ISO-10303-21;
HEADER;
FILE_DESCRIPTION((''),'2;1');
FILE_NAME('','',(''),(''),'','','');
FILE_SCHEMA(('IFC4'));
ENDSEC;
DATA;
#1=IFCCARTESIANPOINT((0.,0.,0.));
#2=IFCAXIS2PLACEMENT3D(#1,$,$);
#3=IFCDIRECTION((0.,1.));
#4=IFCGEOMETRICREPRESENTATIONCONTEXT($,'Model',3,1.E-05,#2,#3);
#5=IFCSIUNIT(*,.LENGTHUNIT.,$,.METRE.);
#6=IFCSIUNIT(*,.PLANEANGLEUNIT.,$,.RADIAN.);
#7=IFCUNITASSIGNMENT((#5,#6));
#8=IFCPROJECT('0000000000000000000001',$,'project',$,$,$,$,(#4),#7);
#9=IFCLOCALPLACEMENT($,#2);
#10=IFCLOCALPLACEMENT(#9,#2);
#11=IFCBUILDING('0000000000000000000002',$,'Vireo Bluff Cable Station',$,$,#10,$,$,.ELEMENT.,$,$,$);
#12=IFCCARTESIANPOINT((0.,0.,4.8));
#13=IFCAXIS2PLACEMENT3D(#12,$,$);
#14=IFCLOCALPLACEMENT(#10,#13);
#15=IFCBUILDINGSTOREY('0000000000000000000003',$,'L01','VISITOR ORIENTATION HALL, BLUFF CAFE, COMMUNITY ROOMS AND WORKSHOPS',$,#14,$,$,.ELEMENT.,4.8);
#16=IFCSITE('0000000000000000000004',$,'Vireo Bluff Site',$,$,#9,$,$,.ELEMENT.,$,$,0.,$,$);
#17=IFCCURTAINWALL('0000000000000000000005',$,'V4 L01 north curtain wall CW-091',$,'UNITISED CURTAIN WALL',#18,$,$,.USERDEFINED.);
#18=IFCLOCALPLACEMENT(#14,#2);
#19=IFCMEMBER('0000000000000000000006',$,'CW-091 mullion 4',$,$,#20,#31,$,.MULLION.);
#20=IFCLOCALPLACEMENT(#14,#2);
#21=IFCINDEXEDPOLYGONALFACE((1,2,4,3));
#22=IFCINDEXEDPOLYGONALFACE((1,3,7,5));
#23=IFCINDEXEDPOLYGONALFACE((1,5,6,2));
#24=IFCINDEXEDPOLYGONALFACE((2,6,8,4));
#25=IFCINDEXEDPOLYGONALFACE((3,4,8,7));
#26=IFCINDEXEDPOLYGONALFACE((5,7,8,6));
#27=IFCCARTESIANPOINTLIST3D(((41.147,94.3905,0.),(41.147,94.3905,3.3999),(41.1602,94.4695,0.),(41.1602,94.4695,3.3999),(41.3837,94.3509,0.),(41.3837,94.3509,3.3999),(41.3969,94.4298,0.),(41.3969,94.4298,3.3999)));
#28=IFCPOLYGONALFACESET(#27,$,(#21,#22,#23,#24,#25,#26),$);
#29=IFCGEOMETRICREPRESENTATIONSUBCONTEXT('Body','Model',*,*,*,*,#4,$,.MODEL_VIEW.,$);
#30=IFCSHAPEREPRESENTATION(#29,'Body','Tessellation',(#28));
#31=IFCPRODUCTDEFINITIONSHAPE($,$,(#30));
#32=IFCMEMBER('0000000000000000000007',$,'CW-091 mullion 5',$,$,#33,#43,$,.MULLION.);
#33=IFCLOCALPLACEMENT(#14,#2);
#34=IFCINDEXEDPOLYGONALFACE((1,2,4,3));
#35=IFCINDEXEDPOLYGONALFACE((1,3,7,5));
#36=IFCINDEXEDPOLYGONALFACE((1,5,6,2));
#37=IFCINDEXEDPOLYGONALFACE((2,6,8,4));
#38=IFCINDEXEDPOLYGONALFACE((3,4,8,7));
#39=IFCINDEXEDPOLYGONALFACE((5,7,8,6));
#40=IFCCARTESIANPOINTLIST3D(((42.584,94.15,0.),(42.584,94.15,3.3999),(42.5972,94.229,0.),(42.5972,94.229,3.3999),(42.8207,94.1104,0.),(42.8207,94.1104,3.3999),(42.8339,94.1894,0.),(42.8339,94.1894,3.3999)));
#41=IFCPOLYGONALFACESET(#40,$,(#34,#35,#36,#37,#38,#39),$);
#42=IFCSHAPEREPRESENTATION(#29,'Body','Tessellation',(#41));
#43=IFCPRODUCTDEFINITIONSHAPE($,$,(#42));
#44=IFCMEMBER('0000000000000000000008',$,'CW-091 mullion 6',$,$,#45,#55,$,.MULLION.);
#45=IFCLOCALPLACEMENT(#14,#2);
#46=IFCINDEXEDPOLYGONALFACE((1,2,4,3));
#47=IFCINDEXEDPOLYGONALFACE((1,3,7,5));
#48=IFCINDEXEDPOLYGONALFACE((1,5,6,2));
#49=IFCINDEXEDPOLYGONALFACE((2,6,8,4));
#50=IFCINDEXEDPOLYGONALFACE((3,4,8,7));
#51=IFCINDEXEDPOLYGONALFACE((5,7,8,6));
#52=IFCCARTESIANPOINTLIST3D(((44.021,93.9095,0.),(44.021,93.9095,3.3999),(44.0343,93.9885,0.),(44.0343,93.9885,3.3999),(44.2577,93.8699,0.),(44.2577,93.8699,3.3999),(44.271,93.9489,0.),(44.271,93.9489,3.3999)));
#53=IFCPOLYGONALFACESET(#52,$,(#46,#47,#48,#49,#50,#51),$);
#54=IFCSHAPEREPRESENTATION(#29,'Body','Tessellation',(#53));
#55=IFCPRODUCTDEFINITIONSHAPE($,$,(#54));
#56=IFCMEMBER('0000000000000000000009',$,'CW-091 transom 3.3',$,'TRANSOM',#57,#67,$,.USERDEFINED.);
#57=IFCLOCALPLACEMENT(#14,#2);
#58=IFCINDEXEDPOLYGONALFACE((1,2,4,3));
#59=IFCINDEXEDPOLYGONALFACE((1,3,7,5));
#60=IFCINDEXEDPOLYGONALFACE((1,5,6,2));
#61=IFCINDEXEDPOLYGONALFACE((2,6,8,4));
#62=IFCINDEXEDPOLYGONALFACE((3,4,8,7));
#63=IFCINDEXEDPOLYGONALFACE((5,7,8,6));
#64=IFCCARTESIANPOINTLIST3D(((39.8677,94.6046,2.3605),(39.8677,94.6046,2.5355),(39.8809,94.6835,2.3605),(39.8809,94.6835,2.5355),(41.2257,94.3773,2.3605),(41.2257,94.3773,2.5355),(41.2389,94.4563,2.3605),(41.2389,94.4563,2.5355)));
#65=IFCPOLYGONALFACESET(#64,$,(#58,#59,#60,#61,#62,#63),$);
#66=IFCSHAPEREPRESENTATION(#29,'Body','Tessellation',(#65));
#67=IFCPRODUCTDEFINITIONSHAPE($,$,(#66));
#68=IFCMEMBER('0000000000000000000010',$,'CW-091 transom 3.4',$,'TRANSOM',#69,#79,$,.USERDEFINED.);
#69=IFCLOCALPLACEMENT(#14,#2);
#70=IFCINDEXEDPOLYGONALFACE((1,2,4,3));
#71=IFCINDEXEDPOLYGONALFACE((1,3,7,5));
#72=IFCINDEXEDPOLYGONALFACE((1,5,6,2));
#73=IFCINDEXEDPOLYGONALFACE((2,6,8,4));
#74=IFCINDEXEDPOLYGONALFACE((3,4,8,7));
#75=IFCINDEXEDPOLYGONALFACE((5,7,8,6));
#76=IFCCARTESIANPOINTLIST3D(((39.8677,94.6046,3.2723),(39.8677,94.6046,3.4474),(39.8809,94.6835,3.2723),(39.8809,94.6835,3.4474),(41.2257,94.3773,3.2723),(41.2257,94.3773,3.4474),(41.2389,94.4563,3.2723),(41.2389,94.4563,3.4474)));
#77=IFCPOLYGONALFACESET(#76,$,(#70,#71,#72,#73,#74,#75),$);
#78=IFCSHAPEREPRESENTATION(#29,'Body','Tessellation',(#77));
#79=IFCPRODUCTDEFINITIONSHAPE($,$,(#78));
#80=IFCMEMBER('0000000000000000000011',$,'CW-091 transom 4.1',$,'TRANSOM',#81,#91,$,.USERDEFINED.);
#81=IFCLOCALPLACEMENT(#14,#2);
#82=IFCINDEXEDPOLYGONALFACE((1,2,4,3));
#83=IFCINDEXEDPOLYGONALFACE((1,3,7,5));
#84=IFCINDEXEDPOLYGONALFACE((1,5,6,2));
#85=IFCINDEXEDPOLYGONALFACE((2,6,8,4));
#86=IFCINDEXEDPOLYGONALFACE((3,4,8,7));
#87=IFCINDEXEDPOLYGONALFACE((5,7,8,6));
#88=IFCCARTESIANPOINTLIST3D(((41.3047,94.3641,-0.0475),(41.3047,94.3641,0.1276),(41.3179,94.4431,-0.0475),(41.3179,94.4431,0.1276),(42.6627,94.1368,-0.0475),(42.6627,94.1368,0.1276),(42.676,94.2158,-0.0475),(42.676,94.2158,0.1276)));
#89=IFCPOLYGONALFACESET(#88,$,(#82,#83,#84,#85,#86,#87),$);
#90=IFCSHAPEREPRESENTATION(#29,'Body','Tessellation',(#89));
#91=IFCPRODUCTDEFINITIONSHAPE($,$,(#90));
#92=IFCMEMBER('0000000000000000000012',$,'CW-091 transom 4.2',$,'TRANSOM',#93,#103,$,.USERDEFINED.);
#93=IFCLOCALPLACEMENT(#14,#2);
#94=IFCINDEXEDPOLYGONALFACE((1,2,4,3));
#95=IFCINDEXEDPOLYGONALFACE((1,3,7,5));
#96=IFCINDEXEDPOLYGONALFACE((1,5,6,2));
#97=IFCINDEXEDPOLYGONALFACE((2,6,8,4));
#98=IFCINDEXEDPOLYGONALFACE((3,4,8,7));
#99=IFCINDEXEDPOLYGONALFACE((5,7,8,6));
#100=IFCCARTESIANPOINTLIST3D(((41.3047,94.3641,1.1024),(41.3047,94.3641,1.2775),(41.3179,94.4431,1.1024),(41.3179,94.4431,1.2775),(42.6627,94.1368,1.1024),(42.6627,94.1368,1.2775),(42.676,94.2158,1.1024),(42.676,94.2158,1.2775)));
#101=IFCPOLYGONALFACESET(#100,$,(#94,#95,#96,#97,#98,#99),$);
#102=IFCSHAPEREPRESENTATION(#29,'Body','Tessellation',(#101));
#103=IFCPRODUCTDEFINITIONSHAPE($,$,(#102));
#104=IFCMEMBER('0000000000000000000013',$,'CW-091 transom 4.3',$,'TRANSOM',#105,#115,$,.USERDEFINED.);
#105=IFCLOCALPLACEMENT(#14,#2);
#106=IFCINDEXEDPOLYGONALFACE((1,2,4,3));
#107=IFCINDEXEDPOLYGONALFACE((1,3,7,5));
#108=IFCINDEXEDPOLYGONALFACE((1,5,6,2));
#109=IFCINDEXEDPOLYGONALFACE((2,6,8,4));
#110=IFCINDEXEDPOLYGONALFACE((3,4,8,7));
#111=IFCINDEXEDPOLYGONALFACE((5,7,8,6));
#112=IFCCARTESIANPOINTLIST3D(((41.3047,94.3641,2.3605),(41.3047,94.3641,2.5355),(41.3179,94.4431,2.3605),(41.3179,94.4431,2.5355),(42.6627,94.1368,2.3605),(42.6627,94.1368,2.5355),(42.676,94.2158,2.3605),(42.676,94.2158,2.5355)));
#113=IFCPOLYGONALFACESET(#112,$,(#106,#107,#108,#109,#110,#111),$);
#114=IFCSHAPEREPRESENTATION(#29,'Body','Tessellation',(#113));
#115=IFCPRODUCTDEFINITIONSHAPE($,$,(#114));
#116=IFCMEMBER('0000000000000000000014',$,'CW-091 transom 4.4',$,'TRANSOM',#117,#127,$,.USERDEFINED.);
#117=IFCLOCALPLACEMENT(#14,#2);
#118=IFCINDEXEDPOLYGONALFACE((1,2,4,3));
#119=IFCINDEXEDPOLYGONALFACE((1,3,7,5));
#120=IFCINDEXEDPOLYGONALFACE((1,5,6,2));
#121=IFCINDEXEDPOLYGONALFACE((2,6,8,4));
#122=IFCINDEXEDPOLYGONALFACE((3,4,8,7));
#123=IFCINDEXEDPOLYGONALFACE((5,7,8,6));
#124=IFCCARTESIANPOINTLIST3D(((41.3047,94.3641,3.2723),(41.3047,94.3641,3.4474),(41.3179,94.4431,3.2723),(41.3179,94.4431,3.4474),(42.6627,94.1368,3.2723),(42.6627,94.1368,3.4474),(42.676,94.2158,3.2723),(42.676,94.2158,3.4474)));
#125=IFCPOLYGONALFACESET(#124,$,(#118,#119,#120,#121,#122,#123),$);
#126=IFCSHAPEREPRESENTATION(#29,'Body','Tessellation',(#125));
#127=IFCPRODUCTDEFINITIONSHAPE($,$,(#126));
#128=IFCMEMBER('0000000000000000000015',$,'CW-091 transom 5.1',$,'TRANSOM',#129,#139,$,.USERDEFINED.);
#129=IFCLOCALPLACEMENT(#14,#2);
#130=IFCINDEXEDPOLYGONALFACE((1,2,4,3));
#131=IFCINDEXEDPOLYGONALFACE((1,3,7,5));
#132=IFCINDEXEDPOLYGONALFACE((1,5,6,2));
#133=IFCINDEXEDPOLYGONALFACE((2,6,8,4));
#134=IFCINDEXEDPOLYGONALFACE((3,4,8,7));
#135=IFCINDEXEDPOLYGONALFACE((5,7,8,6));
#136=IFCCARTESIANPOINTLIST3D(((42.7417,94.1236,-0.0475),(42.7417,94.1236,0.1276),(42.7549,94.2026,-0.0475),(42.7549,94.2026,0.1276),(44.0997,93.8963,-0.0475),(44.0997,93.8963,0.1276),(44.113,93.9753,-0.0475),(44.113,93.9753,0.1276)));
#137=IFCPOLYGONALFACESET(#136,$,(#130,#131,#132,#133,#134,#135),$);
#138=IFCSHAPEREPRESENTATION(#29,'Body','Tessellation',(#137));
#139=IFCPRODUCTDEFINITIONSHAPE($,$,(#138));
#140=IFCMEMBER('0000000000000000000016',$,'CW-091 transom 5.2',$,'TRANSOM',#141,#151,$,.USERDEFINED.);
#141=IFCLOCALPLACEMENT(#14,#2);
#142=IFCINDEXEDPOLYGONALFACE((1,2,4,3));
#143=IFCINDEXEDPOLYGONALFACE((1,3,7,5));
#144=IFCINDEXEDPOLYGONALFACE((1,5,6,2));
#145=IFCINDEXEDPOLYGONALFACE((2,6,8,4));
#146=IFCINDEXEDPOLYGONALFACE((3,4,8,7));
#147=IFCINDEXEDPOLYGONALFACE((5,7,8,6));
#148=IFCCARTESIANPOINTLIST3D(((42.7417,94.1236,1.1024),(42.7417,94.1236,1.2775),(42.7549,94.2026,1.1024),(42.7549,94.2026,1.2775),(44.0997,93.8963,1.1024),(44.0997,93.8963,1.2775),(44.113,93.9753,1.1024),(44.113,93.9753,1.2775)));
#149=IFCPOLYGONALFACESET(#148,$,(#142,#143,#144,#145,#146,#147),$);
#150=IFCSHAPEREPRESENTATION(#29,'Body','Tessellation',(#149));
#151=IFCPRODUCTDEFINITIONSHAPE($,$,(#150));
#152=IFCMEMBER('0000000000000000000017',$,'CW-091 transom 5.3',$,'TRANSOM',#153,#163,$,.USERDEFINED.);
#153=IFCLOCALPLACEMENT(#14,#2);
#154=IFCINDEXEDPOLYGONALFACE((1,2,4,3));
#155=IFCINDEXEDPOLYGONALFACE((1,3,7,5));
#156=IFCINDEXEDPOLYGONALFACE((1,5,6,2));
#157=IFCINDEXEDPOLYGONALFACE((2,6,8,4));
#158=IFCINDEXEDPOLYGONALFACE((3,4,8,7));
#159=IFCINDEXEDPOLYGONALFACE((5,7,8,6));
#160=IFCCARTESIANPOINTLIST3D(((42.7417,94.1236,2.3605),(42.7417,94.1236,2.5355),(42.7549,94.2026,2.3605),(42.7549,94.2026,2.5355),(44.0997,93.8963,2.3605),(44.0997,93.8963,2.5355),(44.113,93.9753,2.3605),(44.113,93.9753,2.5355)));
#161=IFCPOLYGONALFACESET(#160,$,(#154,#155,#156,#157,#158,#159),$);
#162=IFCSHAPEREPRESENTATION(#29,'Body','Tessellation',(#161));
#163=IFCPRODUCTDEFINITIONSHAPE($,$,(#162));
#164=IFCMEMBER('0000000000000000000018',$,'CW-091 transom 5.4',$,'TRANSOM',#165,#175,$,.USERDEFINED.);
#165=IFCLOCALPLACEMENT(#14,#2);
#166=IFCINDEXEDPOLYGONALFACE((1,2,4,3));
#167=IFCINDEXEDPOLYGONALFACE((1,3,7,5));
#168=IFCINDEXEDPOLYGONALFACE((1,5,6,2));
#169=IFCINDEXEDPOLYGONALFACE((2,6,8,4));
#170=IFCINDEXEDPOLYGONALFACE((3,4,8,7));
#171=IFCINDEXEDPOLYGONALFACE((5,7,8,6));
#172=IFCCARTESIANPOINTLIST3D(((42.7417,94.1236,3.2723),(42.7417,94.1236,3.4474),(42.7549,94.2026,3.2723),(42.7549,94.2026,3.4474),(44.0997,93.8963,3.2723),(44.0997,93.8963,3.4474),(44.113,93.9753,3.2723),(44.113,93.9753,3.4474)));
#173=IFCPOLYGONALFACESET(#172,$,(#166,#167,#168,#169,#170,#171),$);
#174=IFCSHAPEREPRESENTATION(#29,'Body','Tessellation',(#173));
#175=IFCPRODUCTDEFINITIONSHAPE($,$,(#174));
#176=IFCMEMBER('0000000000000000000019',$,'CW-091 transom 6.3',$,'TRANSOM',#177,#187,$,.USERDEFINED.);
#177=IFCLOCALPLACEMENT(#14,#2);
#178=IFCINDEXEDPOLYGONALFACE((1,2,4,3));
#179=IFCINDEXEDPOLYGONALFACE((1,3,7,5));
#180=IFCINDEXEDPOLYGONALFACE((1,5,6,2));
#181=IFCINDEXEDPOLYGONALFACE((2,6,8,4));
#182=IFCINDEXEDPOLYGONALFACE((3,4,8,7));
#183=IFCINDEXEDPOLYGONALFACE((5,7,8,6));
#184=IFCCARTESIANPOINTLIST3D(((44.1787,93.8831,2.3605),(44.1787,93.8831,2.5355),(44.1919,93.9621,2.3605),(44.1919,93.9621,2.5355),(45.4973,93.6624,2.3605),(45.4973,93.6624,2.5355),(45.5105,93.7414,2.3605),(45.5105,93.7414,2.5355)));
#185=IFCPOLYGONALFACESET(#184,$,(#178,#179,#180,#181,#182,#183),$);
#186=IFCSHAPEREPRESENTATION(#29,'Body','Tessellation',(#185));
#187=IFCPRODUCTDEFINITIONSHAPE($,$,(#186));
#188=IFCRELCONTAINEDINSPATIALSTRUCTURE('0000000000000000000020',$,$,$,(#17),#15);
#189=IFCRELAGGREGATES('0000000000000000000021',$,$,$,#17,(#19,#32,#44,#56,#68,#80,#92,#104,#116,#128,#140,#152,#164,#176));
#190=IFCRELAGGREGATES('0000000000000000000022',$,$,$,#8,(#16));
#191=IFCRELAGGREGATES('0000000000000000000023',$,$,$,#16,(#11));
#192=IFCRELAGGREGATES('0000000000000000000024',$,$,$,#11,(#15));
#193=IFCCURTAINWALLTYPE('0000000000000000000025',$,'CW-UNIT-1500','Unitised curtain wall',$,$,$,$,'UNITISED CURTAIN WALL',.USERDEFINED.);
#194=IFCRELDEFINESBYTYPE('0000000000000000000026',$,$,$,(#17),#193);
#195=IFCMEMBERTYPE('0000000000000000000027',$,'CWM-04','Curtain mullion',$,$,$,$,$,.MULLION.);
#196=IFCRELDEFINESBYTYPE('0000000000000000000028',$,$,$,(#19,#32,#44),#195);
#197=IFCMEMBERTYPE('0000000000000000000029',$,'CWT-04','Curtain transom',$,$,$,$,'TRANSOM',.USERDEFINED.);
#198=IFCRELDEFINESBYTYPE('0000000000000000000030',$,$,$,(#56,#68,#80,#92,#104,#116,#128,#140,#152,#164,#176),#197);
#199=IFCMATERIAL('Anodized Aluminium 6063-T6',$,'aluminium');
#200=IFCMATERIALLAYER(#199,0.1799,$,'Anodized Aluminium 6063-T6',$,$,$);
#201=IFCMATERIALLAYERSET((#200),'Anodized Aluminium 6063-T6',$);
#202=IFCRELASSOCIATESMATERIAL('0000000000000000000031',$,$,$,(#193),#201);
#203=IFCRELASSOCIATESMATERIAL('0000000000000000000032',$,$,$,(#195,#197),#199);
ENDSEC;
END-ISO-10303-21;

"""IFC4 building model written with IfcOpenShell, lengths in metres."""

from ifc_helpers import new_model, si_unit, direction, frame, origin, origin_2d, place, context, subcontext, project, spatial, rectangle, extrude, material, layer, layer_set, material_profile, profile_set, type_object, element, aggregate, save


model = new_model("IFC4")

# Units and contexts
model_context = context("Model", 3, precision=1e-05, world=origin(), true_north=direction((0.0, 1.0)))
body_context = subcontext(model_context, "Body", "Model", "MODEL_VIEW")
ifc_project = project(units=[si_unit("LENGTHUNIT", "METRE"), si_unit("PLANEANGLEUNIT", "RADIAN")], contexts=[model_context])

# Site, building, storey
site_placement = place(None, origin())
site = spatial("IfcSite", under=ifc_project, at=site_placement, Name="Vireo Bluff Site", CompositionType="ELEMENT", RefElevation=0.0)
building_placement = place(site_placement, origin())
building = spatial("IfcBuilding", under=site, at=building_placement, Name="Vireo Bluff Cable Station", CompositionType="ELEMENT")
storey_placement = place(building_placement, frame((0.0, 0.0, 4.8)))
storey = spatial("IfcBuildingStorey", under=building, at=storey_placement, Name="L01", Description="VISITOR ORIENTATION HALL, BLUFF CAFE, COMMUNITY ROOMS AND WORKSHOPS", CompositionType="ELEMENT", Elevation=4.8)

# Curtain wall, members
ifc_material_1 = material(Name="Anodized Aluminium 6063-T6", Category="aluminium")
ifc_layer_1 = layer(ifc_material_1, 0.1799, Name="Anodized Aluminium 6063-T6")
ifc_layer_set_1 = layer_set([ifc_layer_1], Name="Anodized Aluminium 6063-T6")
curtain_wall_type = type_object("IfcCurtainWallType", Name="CW-UNIT-1500", Description="Unitised curtain wall", ElementType="UNITISED CURTAIN WALL", PredefinedType="USERDEFINED", material=ifc_layer_set_1)
curtain_wall_placement = place(storey_placement, origin())
curtain_wall = element("IfcCurtainWall", 1, at=curtain_wall_placement, inside=storey, type_object=curtain_wall_type, Name="V4 L01 north curtain wall CW-091", ObjectType="UNITISED CURTAIN WALL", PredefinedType="USERDEFINED")
ifc_material_profile_1 = material_profile(ifc_material_1, rectangle(XDim=0.0801, YDim=0.24, at=origin_2d()), Name="ALU-M-80X240")
ifc_profile_set_1 = profile_set([ifc_material_profile_1], Name="Anodized Aluminium 6063-T6")
member_type_1 = type_object("IfcMemberType", Name="CWM-04", Description="Curtain mullion", PredefinedType="MULLION", material=ifc_profile_set_1)
member_1_placement = place(storey_placement, frame((41.272, 94.4102, 0.0), z_axis=(0.0, 0.0, 1.0), x_axis=(0.165048, 0.986286, 0.0)))
member_1 = element("IfcMember", 2, at=member_1_placement, type_object=member_type_1, Name="CW-091 mullion 4", PredefinedType="MULLION", context=body_context, shape_type="SweptSolid", body=[
    extrude(rectangle(XDim=0.0801, YDim=0.24, at=origin_2d()), origin(), (0.0, 0.0, 1.0), 3.3999),
])
member_2_placement = place(storey_placement, frame((42.709, 94.1697, 0.0), z_axis=(0.0, 0.0, 1.0), x_axis=(0.165048, 0.986286, 0.0)))
member_2 = element("IfcMember", 3, at=member_2_placement, type_object=member_type_1, Name="CW-091 mullion 5", PredefinedType="MULLION", context=body_context, shape_type="SweptSolid", body=[
    extrude(rectangle(XDim=0.0801, YDim=0.24, at=origin_2d()), origin(), (0.0, 0.0, 1.0), 3.3999),
])
member_3_placement = place(storey_placement, frame((44.146, 93.9292, 0.0), z_axis=(0.0, 0.0, 1.0), x_axis=(0.165048, 0.986286, 0.0)))
member_3 = element("IfcMember", 4, at=member_3_placement, type_object=member_type_1, Name="CW-091 mullion 6", PredefinedType="MULLION", context=body_context, shape_type="SweptSolid", body=[
    extrude(rectangle(XDim=0.0801, YDim=0.24, at=origin_2d()), origin(), (0.0, 0.0, 1.0), 3.3999),
])
ifc_material_profile_2 = material_profile(ifc_material_1, rectangle(XDim=0.0801, YDim=0.175, at=origin_2d()), Name="ALU-T-80X175")
ifc_profile_set_2 = profile_set([ifc_material_profile_2], Name="Anodized Aluminium 6063-T6")
member_type_2 = type_object("IfcMemberType", Name="CWT-04", Description="Curtain transom", ElementType="TRANSOM", PredefinedType="USERDEFINED", material=ifc_profile_set_2)
member_4_placement = place(storey_placement, frame((39.8743, 94.644, 2.448), z_axis=(0.986283, -0.16506, 0.0), x_axis=(0.16506, 0.986283, 0.0)))
member_4 = element("IfcMember", 5, at=member_4_placement, type_object=member_type_2, Name="CW-091 transom 3.3", ObjectType="TRANSOM", PredefinedType="USERDEFINED", context=body_context, shape_type="SweptSolid", body=[
    extrude(rectangle(XDim=0.0801, YDim=0.175, at=origin_2d()), origin(), (0.0, 0.0, 1.0), 1.377),
])
member_5_placement = place(storey_placement, frame((39.8743, 94.644, 3.3599), z_axis=(0.986283, -0.16506, 0.0), x_axis=(0.16506, 0.986283, 0.0)))
member_5 = element("IfcMember", 6, at=member_5_placement, type_object=member_type_2, Name="CW-091 transom 3.4", ObjectType="TRANSOM", PredefinedType="USERDEFINED", context=body_context, shape_type="SweptSolid", body=[
    extrude(rectangle(XDim=0.0801, YDim=0.175, at=origin_2d()), origin(), (0.0, 0.0, 1.0), 1.377),
])
member_6_placement = place(storey_placement, frame((41.3113, 94.4036, 0.04), z_axis=(0.986283, -0.16506, 0.0), x_axis=(0.16506, 0.986283, 0.0)))
member_6 = element("IfcMember", 7, at=member_6_placement, type_object=member_type_2, Name="CW-091 transom 4.1", ObjectType="TRANSOM", PredefinedType="USERDEFINED", context=body_context, shape_type="SweptSolid", body=[
    extrude(rectangle(XDim=0.0801, YDim=0.175, at=origin_2d()), origin(), (0.0, 0.0, 1.0), 1.377),
])
member_7_placement = place(storey_placement, frame((41.3113, 94.4036, 1.1899), z_axis=(0.986283, -0.16506, 0.0), x_axis=(0.16506, 0.986283, 0.0)))
member_7 = element("IfcMember", 8, at=member_7_placement, type_object=member_type_2, Name="CW-091 transom 4.2", ObjectType="TRANSOM", PredefinedType="USERDEFINED", context=body_context, shape_type="SweptSolid", body=[
    extrude(rectangle(XDim=0.0801, YDim=0.175, at=origin_2d()), origin(), (0.0, 0.0, 1.0), 1.377),
])
member_8_placement = place(storey_placement, frame((41.3113, 94.4036, 2.448), z_axis=(0.986283, -0.16506, 0.0), x_axis=(0.16506, 0.986283, 0.0)))
member_8 = element("IfcMember", 9, at=member_8_placement, type_object=member_type_2, Name="CW-091 transom 4.3", ObjectType="TRANSOM", PredefinedType="USERDEFINED", context=body_context, shape_type="SweptSolid", body=[
    extrude(rectangle(XDim=0.0801, YDim=0.175, at=origin_2d()), origin(), (0.0, 0.0, 1.0), 1.377),
])
member_9_placement = place(storey_placement, frame((41.3113, 94.4036, 3.3599), z_axis=(0.986283, -0.16506, 0.0), x_axis=(0.16506, 0.986283, 0.0)))
member_9 = element("IfcMember", 10, at=member_9_placement, type_object=member_type_2, Name="CW-091 transom 4.4", ObjectType="TRANSOM", PredefinedType="USERDEFINED", context=body_context, shape_type="SweptSolid", body=[
    extrude(rectangle(XDim=0.0801, YDim=0.175, at=origin_2d()), origin(), (0.0, 0.0, 1.0), 1.377),
])
member_10_placement = place(storey_placement, frame((42.7483, 94.1631, 0.04), z_axis=(0.986283, -0.16506, 0.0), x_axis=(0.16506, 0.986283, 0.0)))
member_10 = element("IfcMember", 11, at=member_10_placement, type_object=member_type_2, Name="CW-091 transom 5.1", ObjectType="TRANSOM", PredefinedType="USERDEFINED", context=body_context, shape_type="SweptSolid", body=[
    extrude(rectangle(XDim=0.0801, YDim=0.175, at=origin_2d()), origin(), (0.0, 0.0, 1.0), 1.377),
])
member_11_placement = place(storey_placement, frame((42.7483, 94.1631, 1.1899), z_axis=(0.986283, -0.16506, 0.0), x_axis=(0.16506, 0.986283, 0.0)))
member_11 = element("IfcMember", 12, at=member_11_placement, type_object=member_type_2, Name="CW-091 transom 5.2", ObjectType="TRANSOM", PredefinedType="USERDEFINED", context=body_context, shape_type="SweptSolid", body=[
    extrude(rectangle(XDim=0.0801, YDim=0.175, at=origin_2d()), origin(), (0.0, 0.0, 1.0), 1.377),
])
member_12_placement = place(storey_placement, frame((42.7483, 94.1631, 2.448), z_axis=(0.986283, -0.16506, 0.0), x_axis=(0.16506, 0.986283, 0.0)))
member_12 = element("IfcMember", 13, at=member_12_placement, type_object=member_type_2, Name="CW-091 transom 5.3", ObjectType="TRANSOM", PredefinedType="USERDEFINED", context=body_context, shape_type="SweptSolid", body=[
    extrude(rectangle(XDim=0.0801, YDim=0.175, at=origin_2d()), origin(), (0.0, 0.0, 1.0), 1.377),
])
member_13_placement = place(storey_placement, frame((42.7483, 94.1631, 3.3599), z_axis=(0.986283, -0.16506, 0.0), x_axis=(0.16506, 0.986283, 0.0)))
member_13 = element("IfcMember", 14, at=member_13_placement, type_object=member_type_2, Name="CW-091 transom 5.4", ObjectType="TRANSOM", PredefinedType="USERDEFINED", context=body_context, shape_type="SweptSolid", body=[
    extrude(rectangle(XDim=0.0801, YDim=0.175, at=origin_2d()), origin(), (0.0, 0.0, 1.0), 1.377),
])
member_14_placement = place(storey_placement, frame((44.1853, 93.9226, 2.448), z_axis=(0.98628, -0.16508, 0.0), x_axis=(0.16508, 0.98628, 0.0)))
member_14 = element("IfcMember", 15, at=member_14_placement, type_object=member_type_2, Name="CW-091 transom 6.3", ObjectType="TRANSOM", PredefinedType="USERDEFINED", context=body_context, shape_type="SweptSolid", body=[
    extrude(rectangle(XDim=0.0801, YDim=0.175, at=origin_2d()), origin(), (0.0, 0.0, 1.0), 1.3369),
])
aggregate(curtain_wall, [member_1, member_2, member_3, member_4, member_5, member_6, member_7, member_8, member_9, member_10, member_11, member_12, member_13, member_14])

save(model, "model.ifc")
